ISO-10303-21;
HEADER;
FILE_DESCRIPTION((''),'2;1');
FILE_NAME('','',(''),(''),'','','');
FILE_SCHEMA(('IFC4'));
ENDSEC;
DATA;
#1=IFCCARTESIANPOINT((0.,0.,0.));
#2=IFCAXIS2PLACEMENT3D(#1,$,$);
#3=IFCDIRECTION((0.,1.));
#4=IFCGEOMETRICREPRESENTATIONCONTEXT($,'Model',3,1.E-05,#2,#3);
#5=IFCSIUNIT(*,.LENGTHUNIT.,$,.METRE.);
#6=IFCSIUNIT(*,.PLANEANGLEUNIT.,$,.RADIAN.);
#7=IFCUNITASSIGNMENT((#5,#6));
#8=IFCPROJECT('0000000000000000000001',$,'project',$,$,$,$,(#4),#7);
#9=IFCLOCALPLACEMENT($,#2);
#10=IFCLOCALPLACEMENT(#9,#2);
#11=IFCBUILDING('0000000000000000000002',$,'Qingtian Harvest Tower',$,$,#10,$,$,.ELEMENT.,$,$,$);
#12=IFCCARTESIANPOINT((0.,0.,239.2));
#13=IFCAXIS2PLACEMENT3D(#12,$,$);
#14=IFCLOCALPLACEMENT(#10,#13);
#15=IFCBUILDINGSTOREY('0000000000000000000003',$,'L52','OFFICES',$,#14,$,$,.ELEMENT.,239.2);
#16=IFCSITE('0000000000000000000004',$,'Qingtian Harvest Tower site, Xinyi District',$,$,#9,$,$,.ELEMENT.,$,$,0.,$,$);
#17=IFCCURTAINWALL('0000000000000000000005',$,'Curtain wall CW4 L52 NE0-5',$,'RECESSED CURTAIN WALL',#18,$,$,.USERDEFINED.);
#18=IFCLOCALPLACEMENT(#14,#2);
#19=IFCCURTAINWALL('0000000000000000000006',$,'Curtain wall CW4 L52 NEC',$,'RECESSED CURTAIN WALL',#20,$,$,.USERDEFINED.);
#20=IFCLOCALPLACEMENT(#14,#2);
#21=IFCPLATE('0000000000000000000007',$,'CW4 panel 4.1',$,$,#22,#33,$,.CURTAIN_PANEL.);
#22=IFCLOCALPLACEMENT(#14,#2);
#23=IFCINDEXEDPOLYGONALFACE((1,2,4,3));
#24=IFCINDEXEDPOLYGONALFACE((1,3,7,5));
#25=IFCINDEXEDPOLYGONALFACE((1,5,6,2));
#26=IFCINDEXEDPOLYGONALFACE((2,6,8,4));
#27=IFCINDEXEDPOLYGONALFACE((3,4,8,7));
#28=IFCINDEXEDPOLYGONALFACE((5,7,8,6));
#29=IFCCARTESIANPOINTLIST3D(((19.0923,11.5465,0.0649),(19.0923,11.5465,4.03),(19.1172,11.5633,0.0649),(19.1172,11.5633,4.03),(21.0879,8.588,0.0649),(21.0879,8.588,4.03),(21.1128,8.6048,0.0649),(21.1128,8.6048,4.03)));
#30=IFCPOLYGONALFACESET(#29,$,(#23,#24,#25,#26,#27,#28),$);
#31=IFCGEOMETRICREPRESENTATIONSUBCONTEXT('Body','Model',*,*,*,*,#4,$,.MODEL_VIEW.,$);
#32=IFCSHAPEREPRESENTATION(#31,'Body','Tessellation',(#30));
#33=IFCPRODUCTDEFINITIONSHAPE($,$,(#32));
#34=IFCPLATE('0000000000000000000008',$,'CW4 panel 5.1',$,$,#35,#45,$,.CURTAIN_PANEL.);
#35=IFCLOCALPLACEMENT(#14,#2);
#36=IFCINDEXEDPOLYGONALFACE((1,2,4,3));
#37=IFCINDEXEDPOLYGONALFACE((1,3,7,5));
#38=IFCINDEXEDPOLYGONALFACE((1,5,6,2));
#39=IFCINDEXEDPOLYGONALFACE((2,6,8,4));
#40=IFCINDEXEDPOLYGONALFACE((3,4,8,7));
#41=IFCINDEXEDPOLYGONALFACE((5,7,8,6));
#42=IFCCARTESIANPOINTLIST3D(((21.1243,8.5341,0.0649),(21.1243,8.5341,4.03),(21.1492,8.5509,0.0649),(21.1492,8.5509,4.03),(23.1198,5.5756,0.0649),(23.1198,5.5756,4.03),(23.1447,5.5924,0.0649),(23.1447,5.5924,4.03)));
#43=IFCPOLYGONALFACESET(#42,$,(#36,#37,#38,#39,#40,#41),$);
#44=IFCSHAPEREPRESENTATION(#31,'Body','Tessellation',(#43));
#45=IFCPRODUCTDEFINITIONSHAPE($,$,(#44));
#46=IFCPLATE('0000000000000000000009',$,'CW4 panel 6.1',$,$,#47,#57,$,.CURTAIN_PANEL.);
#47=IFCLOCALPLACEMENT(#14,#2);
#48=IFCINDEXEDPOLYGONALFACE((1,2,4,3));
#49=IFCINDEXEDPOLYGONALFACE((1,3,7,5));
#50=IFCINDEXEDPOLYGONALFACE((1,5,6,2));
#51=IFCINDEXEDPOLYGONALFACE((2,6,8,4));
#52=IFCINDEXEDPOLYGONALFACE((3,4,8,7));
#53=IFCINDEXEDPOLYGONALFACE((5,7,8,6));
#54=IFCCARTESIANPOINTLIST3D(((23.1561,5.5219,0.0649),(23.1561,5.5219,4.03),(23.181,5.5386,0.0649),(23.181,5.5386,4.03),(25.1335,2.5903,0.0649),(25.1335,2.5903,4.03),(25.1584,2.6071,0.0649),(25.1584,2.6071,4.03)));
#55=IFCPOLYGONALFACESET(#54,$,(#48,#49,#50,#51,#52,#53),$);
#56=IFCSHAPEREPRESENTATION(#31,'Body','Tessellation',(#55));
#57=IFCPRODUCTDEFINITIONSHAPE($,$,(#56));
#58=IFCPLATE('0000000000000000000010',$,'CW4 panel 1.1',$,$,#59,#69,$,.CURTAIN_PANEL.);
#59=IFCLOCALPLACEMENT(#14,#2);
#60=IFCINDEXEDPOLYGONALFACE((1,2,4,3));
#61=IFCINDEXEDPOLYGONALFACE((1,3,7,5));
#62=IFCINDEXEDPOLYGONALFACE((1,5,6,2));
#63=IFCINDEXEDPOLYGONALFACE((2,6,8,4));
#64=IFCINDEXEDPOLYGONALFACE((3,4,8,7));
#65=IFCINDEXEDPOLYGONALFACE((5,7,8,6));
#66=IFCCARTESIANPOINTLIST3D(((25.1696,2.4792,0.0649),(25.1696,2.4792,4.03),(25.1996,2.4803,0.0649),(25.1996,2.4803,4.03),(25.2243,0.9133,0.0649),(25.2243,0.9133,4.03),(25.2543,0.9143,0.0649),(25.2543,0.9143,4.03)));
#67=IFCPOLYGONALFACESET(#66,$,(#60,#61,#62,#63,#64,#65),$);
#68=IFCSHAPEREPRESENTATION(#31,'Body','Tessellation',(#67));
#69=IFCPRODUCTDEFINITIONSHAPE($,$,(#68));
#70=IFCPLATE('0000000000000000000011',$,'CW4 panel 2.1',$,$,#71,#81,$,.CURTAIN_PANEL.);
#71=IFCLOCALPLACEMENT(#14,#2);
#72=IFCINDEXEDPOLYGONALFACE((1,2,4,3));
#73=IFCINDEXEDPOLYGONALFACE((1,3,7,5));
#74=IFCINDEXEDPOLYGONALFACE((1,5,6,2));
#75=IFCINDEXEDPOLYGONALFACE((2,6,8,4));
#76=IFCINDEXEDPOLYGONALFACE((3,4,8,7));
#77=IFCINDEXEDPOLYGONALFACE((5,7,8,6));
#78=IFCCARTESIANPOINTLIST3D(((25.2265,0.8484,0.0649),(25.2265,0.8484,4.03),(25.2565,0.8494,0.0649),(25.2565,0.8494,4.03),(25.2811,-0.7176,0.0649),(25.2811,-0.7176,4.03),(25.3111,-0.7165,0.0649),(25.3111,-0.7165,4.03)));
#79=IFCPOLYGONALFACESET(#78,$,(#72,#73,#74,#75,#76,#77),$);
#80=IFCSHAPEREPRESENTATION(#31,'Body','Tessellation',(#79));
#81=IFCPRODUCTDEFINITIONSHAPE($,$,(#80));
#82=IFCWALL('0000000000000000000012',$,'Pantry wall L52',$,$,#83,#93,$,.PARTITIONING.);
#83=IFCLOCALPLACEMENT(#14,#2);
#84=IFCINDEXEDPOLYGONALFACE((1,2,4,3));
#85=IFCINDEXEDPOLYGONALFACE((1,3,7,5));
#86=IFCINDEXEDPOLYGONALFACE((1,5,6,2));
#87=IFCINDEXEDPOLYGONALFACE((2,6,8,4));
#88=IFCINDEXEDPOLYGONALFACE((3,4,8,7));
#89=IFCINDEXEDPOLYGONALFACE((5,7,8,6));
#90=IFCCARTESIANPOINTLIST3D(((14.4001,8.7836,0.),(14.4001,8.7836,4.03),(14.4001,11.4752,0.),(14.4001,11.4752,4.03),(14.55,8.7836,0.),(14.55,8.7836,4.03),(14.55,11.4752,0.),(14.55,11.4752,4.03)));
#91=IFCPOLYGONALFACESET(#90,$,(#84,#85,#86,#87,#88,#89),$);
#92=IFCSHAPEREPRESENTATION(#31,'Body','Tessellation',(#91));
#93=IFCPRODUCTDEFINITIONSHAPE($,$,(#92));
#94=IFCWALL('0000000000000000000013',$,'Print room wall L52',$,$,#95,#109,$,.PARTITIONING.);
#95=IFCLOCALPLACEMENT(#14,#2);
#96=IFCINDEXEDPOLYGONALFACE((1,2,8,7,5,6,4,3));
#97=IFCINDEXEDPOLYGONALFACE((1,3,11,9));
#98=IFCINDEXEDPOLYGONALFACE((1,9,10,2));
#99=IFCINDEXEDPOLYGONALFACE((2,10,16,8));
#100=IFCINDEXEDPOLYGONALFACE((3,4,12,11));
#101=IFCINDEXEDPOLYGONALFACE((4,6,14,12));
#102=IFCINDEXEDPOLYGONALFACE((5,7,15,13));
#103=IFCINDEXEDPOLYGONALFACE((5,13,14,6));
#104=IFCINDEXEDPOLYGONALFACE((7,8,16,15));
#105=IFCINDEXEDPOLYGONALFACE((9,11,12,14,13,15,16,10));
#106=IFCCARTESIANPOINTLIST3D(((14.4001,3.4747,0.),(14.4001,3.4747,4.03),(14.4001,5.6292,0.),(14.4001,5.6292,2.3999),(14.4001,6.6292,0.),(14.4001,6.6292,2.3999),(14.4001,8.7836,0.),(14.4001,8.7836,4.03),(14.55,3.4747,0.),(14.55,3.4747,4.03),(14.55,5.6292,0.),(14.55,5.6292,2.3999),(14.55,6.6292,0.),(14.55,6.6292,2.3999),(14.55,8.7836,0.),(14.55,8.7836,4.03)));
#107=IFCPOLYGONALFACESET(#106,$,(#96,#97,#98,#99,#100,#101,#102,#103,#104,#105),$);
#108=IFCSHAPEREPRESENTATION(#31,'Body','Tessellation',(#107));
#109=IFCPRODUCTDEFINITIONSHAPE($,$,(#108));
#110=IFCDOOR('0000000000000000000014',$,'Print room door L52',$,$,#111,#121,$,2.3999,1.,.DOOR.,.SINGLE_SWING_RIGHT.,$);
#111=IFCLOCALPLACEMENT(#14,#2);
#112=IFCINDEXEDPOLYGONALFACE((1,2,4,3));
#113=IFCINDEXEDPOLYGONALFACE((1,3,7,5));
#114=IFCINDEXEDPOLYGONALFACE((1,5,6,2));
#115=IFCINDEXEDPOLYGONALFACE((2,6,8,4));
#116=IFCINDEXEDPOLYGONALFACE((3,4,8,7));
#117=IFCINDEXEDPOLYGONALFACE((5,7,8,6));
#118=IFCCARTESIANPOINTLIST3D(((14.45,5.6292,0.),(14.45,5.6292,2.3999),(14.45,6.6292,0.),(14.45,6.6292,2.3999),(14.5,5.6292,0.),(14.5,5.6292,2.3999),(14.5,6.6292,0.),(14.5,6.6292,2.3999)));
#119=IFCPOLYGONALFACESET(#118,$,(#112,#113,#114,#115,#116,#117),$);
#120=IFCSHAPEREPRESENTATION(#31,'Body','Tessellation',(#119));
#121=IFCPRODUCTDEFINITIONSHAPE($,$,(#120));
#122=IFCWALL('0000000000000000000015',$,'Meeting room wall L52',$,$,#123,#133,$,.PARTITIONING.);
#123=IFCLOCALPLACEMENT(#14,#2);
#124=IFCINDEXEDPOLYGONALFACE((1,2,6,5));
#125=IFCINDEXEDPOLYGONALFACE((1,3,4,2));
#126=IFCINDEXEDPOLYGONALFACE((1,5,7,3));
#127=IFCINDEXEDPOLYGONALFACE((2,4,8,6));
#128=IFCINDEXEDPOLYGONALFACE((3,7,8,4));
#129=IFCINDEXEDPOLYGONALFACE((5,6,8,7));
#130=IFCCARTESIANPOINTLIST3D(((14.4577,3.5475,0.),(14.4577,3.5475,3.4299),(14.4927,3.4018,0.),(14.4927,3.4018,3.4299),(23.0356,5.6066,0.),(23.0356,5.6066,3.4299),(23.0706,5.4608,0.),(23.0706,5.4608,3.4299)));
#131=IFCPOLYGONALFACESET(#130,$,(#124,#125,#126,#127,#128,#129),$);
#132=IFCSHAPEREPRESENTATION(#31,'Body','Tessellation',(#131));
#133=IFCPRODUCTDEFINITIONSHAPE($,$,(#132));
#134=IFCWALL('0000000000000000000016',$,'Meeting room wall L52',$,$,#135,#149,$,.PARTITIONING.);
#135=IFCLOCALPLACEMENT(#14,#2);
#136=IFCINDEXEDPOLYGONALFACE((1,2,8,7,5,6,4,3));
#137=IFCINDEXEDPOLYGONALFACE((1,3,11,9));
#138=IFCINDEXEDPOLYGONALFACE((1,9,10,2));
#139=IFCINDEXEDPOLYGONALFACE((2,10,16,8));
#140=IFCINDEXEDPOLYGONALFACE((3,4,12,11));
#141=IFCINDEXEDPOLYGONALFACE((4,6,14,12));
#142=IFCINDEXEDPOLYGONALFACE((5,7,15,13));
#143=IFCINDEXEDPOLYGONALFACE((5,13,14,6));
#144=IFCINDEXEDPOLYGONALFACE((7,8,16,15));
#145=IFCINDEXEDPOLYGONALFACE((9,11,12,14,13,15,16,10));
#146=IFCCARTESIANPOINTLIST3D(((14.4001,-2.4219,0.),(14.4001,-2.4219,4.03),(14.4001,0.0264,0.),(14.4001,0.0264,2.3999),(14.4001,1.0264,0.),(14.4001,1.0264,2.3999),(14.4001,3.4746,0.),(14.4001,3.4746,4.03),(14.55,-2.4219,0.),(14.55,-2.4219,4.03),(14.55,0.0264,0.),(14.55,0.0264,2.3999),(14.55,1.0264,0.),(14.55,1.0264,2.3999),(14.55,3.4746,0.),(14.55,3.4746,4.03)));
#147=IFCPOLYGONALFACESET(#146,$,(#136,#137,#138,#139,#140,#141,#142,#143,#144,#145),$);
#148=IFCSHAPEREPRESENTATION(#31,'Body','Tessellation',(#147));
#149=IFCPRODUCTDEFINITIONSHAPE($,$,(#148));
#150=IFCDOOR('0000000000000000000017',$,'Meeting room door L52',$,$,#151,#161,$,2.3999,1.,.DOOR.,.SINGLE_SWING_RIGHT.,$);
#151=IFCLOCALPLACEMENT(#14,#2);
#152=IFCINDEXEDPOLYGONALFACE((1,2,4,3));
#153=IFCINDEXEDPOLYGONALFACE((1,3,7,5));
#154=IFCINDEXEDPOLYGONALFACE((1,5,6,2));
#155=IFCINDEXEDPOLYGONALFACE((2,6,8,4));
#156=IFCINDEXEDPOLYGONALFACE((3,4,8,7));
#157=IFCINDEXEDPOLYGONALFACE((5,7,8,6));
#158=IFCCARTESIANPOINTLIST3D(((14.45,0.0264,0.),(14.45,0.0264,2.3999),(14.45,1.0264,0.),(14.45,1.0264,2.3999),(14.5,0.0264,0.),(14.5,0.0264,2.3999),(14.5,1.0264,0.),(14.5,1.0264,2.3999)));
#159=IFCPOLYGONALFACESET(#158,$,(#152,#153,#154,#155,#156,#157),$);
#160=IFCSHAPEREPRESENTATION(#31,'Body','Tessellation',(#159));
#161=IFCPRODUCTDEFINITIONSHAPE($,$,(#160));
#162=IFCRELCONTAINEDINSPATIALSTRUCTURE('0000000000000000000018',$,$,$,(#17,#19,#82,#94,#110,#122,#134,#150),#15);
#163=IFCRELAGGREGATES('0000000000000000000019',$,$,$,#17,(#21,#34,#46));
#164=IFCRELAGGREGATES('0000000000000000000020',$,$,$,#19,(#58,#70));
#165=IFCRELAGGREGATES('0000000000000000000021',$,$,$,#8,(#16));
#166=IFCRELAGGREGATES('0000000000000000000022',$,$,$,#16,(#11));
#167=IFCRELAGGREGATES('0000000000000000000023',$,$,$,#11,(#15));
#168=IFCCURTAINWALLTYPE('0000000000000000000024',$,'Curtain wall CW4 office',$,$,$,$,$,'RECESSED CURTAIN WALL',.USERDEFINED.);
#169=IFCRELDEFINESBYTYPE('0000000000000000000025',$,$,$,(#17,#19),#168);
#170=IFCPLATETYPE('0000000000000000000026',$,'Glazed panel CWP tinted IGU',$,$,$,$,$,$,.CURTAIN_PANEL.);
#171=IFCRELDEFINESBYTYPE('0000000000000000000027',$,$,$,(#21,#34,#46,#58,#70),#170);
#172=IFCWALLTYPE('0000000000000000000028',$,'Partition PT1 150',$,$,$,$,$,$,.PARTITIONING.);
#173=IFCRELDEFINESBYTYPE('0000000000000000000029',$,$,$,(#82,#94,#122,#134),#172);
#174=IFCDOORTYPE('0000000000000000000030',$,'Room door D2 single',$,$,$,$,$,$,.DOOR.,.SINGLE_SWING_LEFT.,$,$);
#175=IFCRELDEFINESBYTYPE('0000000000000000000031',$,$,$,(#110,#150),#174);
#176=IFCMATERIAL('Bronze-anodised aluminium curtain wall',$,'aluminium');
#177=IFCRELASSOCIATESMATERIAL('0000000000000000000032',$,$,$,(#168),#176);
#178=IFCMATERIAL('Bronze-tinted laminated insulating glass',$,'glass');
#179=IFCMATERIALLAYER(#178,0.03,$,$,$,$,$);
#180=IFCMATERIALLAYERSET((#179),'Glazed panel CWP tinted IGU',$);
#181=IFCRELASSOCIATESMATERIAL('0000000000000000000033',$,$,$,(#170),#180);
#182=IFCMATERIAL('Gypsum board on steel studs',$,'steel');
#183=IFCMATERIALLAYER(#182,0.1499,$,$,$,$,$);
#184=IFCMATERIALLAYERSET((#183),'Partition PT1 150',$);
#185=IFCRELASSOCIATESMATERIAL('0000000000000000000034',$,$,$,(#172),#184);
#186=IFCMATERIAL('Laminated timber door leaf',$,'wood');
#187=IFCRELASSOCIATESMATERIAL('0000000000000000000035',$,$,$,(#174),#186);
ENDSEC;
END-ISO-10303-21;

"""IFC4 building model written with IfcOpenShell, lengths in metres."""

from ifc_helpers import new_model, si_unit, direction, frame, frame_2d, origin, origin_2d, place, context, subcontext, project, spatial, rectangle, extrude, material, layer, layer_set, type_object, element, fill, aggregate, save


model = new_model("IFC4")

# Units and contexts
model_context = context("Model", 3, precision=1e-05, world=origin(), true_north=direction((0.0, 1.0)))
body_context = subcontext(model_context, "Body", "Model", "MODEL_VIEW")
ifc_project = project(units=[si_unit("LENGTHUNIT", "METRE"), si_unit("PLANEANGLEUNIT", "RADIAN")], contexts=[model_context])

# Site, building, storey
site_placement = place(None, origin())
site = spatial("IfcSite", under=ifc_project, at=site_placement, Name="Qingtian Harvest Tower site, Xinyi District", CompositionType="ELEMENT", RefElevation=0.0)
building_placement = place(site_placement, origin())
building = spatial("IfcBuilding", under=site, at=building_placement, Name="Qingtian Harvest Tower", CompositionType="ELEMENT")
storey_placement = place(building_placement, frame((0.0, 0.0, 239.2)))
storey = spatial("IfcBuildingStorey", under=building, at=storey_placement, Name="L52", Description="OFFICES", CompositionType="ELEMENT", Elevation=239.2)

# Curtain walls
ifc_material_1 = material(Name="Bronze-anodised aluminium curtain wall", Category="aluminium")
curtain_wall_type = type_object("IfcCurtainWallType", Name="Curtain wall CW4 office", ElementType="RECESSED CURTAIN WALL", PredefinedType="USERDEFINED", material=ifc_material_1)
curtain_wall_1_placement = place(storey_placement, origin())
curtain_wall_1 = element("IfcCurtainWall", 1, at=curtain_wall_1_placement, inside=storey, type_object=curtain_wall_type, Name="Curtain wall CW4 L52 NE0-5", ObjectType="RECESSED CURTAIN WALL", PredefinedType="USERDEFINED")
curtain_wall_2_placement = place(storey_placement, origin())
curtain_wall_2 = element("IfcCurtainWall", 2, at=curtain_wall_2_placement, inside=storey, type_object=curtain_wall_type, Name="Curtain wall CW4 L52 NEC", ObjectType="RECESSED CURTAIN WALL", PredefinedType="USERDEFINED")

# Plates
ifc_material_2 = material(Name="Bronze-tinted laminated insulating glass", Category="glass")
ifc_layer_1 = layer(ifc_material_2, 0.03)
ifc_layer_set_1 = layer_set([ifc_layer_1], Name="Glazed panel CWP tinted IGU")
plate_type = type_object("IfcPlateType", Name="Glazed panel CWP tinted IGU", PredefinedType="CURTAIN_PANEL", material=ifc_layer_set_1)
plate_1_placement = place(storey_placement, frame((20.1025, 10.0757, 0.0649), z_axis=(0.0, 0.0, 1.0), x_axis=(0.559193, -0.829038, 0.0)))
plate_1 = element("IfcPlate", 3, at=plate_1_placement, type_object=plate_type, Name="CW4 panel 4.1", PredefinedType="CURTAIN_PANEL", context=body_context, shape_type="SweptSolid", body=[
    extrude(rectangle(XDim=3.5686, YDim=0.03, at=origin_2d()), origin(), (0.0, 0.0, 1.0), 3.9651),
])
plate_2_placement = place(storey_placement, frame((22.1345, 7.0632, 0.0649), z_axis=(0.0, 0.0, 1.0), x_axis=(0.559193, -0.829038, 0.0)))
plate_2 = element("IfcPlate", 4, at=plate_2_placement, type_object=plate_type, Name="CW4 panel 5.1", PredefinedType="CURTAIN_PANEL", context=body_context, shape_type="SweptSolid", body=[
    extrude(rectangle(XDim=3.5686, YDim=0.03, at=origin_2d()), origin(), (0.0, 0.0, 1.0), 3.9651),
])
plate_3_placement = place(storey_placement, frame((24.1572, 4.0645, 0.0649), z_axis=(0.0, 0.0, 1.0), x_axis=(0.559193, -0.829038, 0.0)))
plate_3 = element("IfcPlate", 5, at=plate_3_placement, type_object=plate_type, Name="CW4 panel 6.1", PredefinedType="CURTAIN_PANEL", context=body_context, shape_type="SweptSolid", body=[
    extrude(rectangle(XDim=3.5361, YDim=0.03, at=origin_2d()), origin(), (0.0, 0.0, 1.0), 3.9651),
])
aggregate(curtain_wall_1, [plate_1, plate_2, plate_3])
plate_4_placement = place(storey_placement, frame((25.2119, 1.6968, 0.0649), z_axis=(0.0, 0.0, 1.0), x_axis=(0.034899, -0.999391, 0.0)))
plate_4 = element("IfcPlate", 6, at=plate_4_placement, type_object=plate_type, Name="CW4 panel 1.1", PredefinedType="CURTAIN_PANEL", context=body_context, shape_type="SweptSolid", body=[
    extrude(rectangle(XDim=1.5669, YDim=0.03, at=origin_2d()), origin(), (0.0, 0.0, 1.0), 3.9651),
])
plate_5_placement = place(storey_placement, frame((25.2688, 0.0659, 0.0649), z_axis=(0.0, 0.0, 1.0), x_axis=(0.034899, -0.999391, 0.0)))
plate_5 = element("IfcPlate", 7, at=plate_5_placement, type_object=plate_type, Name="CW4 panel 2.1", PredefinedType="CURTAIN_PANEL", context=body_context, shape_type="SweptSolid", body=[
    extrude(rectangle(XDim=1.5669, YDim=0.03, at=origin_2d()), origin(), (0.0, 0.0, 1.0), 3.9651),
])
aggregate(curtain_wall_2, [plate_4, plate_5])

# Wall
ifc_material_3 = material(Name="Gypsum board on steel studs", Category="steel")
ifc_layer_2 = layer(ifc_material_3, 0.1499)
ifc_layer_set_2 = layer_set([ifc_layer_2], Name="Partition PT1 150")
wall_type = type_object("IfcWallType", Name="Partition PT1 150", PredefinedType="PARTITIONING", material=ifc_layer_set_2)
wall_1_placement = place(storey_placement, frame((14.4751, 11.4751, 0.0), z_axis=(0.0, 0.0, 1.0), x_axis=(0.0, -1.0, 0.0)))
element("IfcWall", 8, at=wall_1_placement, inside=storey, type_object=wall_type, Name="Pantry wall L52", PredefinedType="PARTITIONING", context=body_context, shape_type="SweptSolid", body=[
    extrude(rectangle(XDim=2.6917, YDim=0.1499, at=frame_2d((1.3457, 0.0))), origin(), (0.0, 0.0, 1.0), 4.03),
])

# Wall, opening, door
wall_2_placement = place(storey_placement, frame((14.4751, 8.7834, 0.0), z_axis=(0.0, 0.0, 1.0), x_axis=(0.0, -1.0, 0.0)))
wall_2 = element("IfcWall", 9, at=wall_2_placement, inside=storey, type_object=wall_type, Name="Print room wall L52", PredefinedType="PARTITIONING", context=body_context, shape_type="SweptSolid", body=[
    extrude(rectangle(XDim=5.3088, YDim=0.1499, at=frame_2d((2.6543, 0.0))), origin(), (0.0, 0.0, 1.0), 4.03),
])
opening_1_placement = place(wall_2_placement, frame((2.1543, 0.0, 0.0)))
opening_1 = element("IfcOpeningElement", 10, at=opening_1_placement, cuts=wall_2, PredefinedType="OPENING", context=body_context, shape_type="SweptSolid", body=[
    extrude(rectangle(XDim=1.0, YDim=2.3999, at=frame_2d((0.5, 1.2))), frame((0.0, 0.085, 0.0), z_axis=(0.0, -1.0, 0.0), x_axis=(1.0, 0.0, 0.0)), (0.0, 0.0, 1.0), 0.1699),
])
ifc_material_4 = material(Name="Laminated timber door leaf", Category="wood")
door_type = type_object("IfcDoorType", Name="Room door D2 single", OperationType="SINGLE_SWING_LEFT", PredefinedType="DOOR", material=ifc_material_4)
door_1_placement = place(opening_1_placement, origin())
door_1 = element("IfcDoor", 11, at=door_1_placement, inside=storey, type_object=door_type, Name="Print room door L52", OperationType="SINGLE_SWING_RIGHT", OverallHeight=2.3999, OverallWidth=1.0, PredefinedType="DOOR", context=body_context, shape_type="SweptSolid", body=[
    extrude(rectangle(XDim=1.0, YDim=2.3999, at=frame_2d((0.5, 1.2))), frame((0.0, 0.0249, 0.0), z_axis=(0.0, -1.0, 0.0), x_axis=(1.0, 0.0, 0.0)), (0.0, 0.0, 1.0), 0.05),
])
fill(opening_1, door_1)

# Wall
wall_3_placement = place(storey_placement, frame((23.053, 5.5337, 0.0), z_axis=(0.0, 0.0, 1.0), x_axis=(-0.972377, -0.233415, 0.0)))
element("IfcWall", 12, at=wall_3_placement, inside=storey, type_object=wall_type, Name="Meeting room wall L52", PredefinedType="PARTITIONING", context=body_context, shape_type="SweptSolid", body=[
    extrude(rectangle(XDim=8.8215, YDim=0.1499, at=frame_2d((4.4106, 0.0))), origin(), (0.0, 0.0, 1.0), 3.4299),
])

# Wall, opening, door
wall_4_placement = place(storey_placement, frame((14.4751, 3.4746, 0.0), z_axis=(0.0, 0.0, 1.0), x_axis=(0.0, -1.0, 0.0)))
wall_4 = element("IfcWall", 13, at=wall_4_placement, inside=storey, type_object=wall_type, Name="Meeting room wall L52", PredefinedType="PARTITIONING", context=body_context, shape_type="SweptSolid", body=[
    extrude(rectangle(XDim=5.8965, YDim=0.1499, at=frame_2d((2.9482, 0.0))), origin(), (0.0, 0.0, 1.0), 4.03),
])
opening_2_placement = place(wall_4_placement, frame((2.4482, 0.0, 0.0)))
opening_2 = element("IfcOpeningElement", 14, at=opening_2_placement, cuts=wall_4, PredefinedType="OPENING", context=body_context, shape_type="SweptSolid", body=[
    extrude(rectangle(XDim=1.0, YDim=2.3999, at=frame_2d((0.5, 1.2))), frame((0.0, 0.085, 0.0), z_axis=(0.0, -1.0, 0.0), x_axis=(1.0, 0.0, 0.0)), (0.0, 0.0, 1.0), 0.1699),
])
door_2_placement = place(opening_2_placement, origin())
door_2 = element("IfcDoor", 15, at=door_2_placement, inside=storey, type_object=door_type, Name="Meeting room door L52", OperationType="SINGLE_SWING_RIGHT", OverallHeight=2.3999, OverallWidth=1.0, PredefinedType="DOOR", context=body_context, shape_type="SweptSolid", body=[
    extrude(rectangle(XDim=1.0, YDim=2.3999, at=frame_2d((0.5, 1.2))), frame((0.0, 0.0249, 0.0), z_axis=(0.0, -1.0, 0.0), x_axis=(1.0, 0.0, 0.0)), (0.0, 0.0, 1.0), 0.05),
])
fill(opening_2, door_2)

save(model, "model.ifc")
